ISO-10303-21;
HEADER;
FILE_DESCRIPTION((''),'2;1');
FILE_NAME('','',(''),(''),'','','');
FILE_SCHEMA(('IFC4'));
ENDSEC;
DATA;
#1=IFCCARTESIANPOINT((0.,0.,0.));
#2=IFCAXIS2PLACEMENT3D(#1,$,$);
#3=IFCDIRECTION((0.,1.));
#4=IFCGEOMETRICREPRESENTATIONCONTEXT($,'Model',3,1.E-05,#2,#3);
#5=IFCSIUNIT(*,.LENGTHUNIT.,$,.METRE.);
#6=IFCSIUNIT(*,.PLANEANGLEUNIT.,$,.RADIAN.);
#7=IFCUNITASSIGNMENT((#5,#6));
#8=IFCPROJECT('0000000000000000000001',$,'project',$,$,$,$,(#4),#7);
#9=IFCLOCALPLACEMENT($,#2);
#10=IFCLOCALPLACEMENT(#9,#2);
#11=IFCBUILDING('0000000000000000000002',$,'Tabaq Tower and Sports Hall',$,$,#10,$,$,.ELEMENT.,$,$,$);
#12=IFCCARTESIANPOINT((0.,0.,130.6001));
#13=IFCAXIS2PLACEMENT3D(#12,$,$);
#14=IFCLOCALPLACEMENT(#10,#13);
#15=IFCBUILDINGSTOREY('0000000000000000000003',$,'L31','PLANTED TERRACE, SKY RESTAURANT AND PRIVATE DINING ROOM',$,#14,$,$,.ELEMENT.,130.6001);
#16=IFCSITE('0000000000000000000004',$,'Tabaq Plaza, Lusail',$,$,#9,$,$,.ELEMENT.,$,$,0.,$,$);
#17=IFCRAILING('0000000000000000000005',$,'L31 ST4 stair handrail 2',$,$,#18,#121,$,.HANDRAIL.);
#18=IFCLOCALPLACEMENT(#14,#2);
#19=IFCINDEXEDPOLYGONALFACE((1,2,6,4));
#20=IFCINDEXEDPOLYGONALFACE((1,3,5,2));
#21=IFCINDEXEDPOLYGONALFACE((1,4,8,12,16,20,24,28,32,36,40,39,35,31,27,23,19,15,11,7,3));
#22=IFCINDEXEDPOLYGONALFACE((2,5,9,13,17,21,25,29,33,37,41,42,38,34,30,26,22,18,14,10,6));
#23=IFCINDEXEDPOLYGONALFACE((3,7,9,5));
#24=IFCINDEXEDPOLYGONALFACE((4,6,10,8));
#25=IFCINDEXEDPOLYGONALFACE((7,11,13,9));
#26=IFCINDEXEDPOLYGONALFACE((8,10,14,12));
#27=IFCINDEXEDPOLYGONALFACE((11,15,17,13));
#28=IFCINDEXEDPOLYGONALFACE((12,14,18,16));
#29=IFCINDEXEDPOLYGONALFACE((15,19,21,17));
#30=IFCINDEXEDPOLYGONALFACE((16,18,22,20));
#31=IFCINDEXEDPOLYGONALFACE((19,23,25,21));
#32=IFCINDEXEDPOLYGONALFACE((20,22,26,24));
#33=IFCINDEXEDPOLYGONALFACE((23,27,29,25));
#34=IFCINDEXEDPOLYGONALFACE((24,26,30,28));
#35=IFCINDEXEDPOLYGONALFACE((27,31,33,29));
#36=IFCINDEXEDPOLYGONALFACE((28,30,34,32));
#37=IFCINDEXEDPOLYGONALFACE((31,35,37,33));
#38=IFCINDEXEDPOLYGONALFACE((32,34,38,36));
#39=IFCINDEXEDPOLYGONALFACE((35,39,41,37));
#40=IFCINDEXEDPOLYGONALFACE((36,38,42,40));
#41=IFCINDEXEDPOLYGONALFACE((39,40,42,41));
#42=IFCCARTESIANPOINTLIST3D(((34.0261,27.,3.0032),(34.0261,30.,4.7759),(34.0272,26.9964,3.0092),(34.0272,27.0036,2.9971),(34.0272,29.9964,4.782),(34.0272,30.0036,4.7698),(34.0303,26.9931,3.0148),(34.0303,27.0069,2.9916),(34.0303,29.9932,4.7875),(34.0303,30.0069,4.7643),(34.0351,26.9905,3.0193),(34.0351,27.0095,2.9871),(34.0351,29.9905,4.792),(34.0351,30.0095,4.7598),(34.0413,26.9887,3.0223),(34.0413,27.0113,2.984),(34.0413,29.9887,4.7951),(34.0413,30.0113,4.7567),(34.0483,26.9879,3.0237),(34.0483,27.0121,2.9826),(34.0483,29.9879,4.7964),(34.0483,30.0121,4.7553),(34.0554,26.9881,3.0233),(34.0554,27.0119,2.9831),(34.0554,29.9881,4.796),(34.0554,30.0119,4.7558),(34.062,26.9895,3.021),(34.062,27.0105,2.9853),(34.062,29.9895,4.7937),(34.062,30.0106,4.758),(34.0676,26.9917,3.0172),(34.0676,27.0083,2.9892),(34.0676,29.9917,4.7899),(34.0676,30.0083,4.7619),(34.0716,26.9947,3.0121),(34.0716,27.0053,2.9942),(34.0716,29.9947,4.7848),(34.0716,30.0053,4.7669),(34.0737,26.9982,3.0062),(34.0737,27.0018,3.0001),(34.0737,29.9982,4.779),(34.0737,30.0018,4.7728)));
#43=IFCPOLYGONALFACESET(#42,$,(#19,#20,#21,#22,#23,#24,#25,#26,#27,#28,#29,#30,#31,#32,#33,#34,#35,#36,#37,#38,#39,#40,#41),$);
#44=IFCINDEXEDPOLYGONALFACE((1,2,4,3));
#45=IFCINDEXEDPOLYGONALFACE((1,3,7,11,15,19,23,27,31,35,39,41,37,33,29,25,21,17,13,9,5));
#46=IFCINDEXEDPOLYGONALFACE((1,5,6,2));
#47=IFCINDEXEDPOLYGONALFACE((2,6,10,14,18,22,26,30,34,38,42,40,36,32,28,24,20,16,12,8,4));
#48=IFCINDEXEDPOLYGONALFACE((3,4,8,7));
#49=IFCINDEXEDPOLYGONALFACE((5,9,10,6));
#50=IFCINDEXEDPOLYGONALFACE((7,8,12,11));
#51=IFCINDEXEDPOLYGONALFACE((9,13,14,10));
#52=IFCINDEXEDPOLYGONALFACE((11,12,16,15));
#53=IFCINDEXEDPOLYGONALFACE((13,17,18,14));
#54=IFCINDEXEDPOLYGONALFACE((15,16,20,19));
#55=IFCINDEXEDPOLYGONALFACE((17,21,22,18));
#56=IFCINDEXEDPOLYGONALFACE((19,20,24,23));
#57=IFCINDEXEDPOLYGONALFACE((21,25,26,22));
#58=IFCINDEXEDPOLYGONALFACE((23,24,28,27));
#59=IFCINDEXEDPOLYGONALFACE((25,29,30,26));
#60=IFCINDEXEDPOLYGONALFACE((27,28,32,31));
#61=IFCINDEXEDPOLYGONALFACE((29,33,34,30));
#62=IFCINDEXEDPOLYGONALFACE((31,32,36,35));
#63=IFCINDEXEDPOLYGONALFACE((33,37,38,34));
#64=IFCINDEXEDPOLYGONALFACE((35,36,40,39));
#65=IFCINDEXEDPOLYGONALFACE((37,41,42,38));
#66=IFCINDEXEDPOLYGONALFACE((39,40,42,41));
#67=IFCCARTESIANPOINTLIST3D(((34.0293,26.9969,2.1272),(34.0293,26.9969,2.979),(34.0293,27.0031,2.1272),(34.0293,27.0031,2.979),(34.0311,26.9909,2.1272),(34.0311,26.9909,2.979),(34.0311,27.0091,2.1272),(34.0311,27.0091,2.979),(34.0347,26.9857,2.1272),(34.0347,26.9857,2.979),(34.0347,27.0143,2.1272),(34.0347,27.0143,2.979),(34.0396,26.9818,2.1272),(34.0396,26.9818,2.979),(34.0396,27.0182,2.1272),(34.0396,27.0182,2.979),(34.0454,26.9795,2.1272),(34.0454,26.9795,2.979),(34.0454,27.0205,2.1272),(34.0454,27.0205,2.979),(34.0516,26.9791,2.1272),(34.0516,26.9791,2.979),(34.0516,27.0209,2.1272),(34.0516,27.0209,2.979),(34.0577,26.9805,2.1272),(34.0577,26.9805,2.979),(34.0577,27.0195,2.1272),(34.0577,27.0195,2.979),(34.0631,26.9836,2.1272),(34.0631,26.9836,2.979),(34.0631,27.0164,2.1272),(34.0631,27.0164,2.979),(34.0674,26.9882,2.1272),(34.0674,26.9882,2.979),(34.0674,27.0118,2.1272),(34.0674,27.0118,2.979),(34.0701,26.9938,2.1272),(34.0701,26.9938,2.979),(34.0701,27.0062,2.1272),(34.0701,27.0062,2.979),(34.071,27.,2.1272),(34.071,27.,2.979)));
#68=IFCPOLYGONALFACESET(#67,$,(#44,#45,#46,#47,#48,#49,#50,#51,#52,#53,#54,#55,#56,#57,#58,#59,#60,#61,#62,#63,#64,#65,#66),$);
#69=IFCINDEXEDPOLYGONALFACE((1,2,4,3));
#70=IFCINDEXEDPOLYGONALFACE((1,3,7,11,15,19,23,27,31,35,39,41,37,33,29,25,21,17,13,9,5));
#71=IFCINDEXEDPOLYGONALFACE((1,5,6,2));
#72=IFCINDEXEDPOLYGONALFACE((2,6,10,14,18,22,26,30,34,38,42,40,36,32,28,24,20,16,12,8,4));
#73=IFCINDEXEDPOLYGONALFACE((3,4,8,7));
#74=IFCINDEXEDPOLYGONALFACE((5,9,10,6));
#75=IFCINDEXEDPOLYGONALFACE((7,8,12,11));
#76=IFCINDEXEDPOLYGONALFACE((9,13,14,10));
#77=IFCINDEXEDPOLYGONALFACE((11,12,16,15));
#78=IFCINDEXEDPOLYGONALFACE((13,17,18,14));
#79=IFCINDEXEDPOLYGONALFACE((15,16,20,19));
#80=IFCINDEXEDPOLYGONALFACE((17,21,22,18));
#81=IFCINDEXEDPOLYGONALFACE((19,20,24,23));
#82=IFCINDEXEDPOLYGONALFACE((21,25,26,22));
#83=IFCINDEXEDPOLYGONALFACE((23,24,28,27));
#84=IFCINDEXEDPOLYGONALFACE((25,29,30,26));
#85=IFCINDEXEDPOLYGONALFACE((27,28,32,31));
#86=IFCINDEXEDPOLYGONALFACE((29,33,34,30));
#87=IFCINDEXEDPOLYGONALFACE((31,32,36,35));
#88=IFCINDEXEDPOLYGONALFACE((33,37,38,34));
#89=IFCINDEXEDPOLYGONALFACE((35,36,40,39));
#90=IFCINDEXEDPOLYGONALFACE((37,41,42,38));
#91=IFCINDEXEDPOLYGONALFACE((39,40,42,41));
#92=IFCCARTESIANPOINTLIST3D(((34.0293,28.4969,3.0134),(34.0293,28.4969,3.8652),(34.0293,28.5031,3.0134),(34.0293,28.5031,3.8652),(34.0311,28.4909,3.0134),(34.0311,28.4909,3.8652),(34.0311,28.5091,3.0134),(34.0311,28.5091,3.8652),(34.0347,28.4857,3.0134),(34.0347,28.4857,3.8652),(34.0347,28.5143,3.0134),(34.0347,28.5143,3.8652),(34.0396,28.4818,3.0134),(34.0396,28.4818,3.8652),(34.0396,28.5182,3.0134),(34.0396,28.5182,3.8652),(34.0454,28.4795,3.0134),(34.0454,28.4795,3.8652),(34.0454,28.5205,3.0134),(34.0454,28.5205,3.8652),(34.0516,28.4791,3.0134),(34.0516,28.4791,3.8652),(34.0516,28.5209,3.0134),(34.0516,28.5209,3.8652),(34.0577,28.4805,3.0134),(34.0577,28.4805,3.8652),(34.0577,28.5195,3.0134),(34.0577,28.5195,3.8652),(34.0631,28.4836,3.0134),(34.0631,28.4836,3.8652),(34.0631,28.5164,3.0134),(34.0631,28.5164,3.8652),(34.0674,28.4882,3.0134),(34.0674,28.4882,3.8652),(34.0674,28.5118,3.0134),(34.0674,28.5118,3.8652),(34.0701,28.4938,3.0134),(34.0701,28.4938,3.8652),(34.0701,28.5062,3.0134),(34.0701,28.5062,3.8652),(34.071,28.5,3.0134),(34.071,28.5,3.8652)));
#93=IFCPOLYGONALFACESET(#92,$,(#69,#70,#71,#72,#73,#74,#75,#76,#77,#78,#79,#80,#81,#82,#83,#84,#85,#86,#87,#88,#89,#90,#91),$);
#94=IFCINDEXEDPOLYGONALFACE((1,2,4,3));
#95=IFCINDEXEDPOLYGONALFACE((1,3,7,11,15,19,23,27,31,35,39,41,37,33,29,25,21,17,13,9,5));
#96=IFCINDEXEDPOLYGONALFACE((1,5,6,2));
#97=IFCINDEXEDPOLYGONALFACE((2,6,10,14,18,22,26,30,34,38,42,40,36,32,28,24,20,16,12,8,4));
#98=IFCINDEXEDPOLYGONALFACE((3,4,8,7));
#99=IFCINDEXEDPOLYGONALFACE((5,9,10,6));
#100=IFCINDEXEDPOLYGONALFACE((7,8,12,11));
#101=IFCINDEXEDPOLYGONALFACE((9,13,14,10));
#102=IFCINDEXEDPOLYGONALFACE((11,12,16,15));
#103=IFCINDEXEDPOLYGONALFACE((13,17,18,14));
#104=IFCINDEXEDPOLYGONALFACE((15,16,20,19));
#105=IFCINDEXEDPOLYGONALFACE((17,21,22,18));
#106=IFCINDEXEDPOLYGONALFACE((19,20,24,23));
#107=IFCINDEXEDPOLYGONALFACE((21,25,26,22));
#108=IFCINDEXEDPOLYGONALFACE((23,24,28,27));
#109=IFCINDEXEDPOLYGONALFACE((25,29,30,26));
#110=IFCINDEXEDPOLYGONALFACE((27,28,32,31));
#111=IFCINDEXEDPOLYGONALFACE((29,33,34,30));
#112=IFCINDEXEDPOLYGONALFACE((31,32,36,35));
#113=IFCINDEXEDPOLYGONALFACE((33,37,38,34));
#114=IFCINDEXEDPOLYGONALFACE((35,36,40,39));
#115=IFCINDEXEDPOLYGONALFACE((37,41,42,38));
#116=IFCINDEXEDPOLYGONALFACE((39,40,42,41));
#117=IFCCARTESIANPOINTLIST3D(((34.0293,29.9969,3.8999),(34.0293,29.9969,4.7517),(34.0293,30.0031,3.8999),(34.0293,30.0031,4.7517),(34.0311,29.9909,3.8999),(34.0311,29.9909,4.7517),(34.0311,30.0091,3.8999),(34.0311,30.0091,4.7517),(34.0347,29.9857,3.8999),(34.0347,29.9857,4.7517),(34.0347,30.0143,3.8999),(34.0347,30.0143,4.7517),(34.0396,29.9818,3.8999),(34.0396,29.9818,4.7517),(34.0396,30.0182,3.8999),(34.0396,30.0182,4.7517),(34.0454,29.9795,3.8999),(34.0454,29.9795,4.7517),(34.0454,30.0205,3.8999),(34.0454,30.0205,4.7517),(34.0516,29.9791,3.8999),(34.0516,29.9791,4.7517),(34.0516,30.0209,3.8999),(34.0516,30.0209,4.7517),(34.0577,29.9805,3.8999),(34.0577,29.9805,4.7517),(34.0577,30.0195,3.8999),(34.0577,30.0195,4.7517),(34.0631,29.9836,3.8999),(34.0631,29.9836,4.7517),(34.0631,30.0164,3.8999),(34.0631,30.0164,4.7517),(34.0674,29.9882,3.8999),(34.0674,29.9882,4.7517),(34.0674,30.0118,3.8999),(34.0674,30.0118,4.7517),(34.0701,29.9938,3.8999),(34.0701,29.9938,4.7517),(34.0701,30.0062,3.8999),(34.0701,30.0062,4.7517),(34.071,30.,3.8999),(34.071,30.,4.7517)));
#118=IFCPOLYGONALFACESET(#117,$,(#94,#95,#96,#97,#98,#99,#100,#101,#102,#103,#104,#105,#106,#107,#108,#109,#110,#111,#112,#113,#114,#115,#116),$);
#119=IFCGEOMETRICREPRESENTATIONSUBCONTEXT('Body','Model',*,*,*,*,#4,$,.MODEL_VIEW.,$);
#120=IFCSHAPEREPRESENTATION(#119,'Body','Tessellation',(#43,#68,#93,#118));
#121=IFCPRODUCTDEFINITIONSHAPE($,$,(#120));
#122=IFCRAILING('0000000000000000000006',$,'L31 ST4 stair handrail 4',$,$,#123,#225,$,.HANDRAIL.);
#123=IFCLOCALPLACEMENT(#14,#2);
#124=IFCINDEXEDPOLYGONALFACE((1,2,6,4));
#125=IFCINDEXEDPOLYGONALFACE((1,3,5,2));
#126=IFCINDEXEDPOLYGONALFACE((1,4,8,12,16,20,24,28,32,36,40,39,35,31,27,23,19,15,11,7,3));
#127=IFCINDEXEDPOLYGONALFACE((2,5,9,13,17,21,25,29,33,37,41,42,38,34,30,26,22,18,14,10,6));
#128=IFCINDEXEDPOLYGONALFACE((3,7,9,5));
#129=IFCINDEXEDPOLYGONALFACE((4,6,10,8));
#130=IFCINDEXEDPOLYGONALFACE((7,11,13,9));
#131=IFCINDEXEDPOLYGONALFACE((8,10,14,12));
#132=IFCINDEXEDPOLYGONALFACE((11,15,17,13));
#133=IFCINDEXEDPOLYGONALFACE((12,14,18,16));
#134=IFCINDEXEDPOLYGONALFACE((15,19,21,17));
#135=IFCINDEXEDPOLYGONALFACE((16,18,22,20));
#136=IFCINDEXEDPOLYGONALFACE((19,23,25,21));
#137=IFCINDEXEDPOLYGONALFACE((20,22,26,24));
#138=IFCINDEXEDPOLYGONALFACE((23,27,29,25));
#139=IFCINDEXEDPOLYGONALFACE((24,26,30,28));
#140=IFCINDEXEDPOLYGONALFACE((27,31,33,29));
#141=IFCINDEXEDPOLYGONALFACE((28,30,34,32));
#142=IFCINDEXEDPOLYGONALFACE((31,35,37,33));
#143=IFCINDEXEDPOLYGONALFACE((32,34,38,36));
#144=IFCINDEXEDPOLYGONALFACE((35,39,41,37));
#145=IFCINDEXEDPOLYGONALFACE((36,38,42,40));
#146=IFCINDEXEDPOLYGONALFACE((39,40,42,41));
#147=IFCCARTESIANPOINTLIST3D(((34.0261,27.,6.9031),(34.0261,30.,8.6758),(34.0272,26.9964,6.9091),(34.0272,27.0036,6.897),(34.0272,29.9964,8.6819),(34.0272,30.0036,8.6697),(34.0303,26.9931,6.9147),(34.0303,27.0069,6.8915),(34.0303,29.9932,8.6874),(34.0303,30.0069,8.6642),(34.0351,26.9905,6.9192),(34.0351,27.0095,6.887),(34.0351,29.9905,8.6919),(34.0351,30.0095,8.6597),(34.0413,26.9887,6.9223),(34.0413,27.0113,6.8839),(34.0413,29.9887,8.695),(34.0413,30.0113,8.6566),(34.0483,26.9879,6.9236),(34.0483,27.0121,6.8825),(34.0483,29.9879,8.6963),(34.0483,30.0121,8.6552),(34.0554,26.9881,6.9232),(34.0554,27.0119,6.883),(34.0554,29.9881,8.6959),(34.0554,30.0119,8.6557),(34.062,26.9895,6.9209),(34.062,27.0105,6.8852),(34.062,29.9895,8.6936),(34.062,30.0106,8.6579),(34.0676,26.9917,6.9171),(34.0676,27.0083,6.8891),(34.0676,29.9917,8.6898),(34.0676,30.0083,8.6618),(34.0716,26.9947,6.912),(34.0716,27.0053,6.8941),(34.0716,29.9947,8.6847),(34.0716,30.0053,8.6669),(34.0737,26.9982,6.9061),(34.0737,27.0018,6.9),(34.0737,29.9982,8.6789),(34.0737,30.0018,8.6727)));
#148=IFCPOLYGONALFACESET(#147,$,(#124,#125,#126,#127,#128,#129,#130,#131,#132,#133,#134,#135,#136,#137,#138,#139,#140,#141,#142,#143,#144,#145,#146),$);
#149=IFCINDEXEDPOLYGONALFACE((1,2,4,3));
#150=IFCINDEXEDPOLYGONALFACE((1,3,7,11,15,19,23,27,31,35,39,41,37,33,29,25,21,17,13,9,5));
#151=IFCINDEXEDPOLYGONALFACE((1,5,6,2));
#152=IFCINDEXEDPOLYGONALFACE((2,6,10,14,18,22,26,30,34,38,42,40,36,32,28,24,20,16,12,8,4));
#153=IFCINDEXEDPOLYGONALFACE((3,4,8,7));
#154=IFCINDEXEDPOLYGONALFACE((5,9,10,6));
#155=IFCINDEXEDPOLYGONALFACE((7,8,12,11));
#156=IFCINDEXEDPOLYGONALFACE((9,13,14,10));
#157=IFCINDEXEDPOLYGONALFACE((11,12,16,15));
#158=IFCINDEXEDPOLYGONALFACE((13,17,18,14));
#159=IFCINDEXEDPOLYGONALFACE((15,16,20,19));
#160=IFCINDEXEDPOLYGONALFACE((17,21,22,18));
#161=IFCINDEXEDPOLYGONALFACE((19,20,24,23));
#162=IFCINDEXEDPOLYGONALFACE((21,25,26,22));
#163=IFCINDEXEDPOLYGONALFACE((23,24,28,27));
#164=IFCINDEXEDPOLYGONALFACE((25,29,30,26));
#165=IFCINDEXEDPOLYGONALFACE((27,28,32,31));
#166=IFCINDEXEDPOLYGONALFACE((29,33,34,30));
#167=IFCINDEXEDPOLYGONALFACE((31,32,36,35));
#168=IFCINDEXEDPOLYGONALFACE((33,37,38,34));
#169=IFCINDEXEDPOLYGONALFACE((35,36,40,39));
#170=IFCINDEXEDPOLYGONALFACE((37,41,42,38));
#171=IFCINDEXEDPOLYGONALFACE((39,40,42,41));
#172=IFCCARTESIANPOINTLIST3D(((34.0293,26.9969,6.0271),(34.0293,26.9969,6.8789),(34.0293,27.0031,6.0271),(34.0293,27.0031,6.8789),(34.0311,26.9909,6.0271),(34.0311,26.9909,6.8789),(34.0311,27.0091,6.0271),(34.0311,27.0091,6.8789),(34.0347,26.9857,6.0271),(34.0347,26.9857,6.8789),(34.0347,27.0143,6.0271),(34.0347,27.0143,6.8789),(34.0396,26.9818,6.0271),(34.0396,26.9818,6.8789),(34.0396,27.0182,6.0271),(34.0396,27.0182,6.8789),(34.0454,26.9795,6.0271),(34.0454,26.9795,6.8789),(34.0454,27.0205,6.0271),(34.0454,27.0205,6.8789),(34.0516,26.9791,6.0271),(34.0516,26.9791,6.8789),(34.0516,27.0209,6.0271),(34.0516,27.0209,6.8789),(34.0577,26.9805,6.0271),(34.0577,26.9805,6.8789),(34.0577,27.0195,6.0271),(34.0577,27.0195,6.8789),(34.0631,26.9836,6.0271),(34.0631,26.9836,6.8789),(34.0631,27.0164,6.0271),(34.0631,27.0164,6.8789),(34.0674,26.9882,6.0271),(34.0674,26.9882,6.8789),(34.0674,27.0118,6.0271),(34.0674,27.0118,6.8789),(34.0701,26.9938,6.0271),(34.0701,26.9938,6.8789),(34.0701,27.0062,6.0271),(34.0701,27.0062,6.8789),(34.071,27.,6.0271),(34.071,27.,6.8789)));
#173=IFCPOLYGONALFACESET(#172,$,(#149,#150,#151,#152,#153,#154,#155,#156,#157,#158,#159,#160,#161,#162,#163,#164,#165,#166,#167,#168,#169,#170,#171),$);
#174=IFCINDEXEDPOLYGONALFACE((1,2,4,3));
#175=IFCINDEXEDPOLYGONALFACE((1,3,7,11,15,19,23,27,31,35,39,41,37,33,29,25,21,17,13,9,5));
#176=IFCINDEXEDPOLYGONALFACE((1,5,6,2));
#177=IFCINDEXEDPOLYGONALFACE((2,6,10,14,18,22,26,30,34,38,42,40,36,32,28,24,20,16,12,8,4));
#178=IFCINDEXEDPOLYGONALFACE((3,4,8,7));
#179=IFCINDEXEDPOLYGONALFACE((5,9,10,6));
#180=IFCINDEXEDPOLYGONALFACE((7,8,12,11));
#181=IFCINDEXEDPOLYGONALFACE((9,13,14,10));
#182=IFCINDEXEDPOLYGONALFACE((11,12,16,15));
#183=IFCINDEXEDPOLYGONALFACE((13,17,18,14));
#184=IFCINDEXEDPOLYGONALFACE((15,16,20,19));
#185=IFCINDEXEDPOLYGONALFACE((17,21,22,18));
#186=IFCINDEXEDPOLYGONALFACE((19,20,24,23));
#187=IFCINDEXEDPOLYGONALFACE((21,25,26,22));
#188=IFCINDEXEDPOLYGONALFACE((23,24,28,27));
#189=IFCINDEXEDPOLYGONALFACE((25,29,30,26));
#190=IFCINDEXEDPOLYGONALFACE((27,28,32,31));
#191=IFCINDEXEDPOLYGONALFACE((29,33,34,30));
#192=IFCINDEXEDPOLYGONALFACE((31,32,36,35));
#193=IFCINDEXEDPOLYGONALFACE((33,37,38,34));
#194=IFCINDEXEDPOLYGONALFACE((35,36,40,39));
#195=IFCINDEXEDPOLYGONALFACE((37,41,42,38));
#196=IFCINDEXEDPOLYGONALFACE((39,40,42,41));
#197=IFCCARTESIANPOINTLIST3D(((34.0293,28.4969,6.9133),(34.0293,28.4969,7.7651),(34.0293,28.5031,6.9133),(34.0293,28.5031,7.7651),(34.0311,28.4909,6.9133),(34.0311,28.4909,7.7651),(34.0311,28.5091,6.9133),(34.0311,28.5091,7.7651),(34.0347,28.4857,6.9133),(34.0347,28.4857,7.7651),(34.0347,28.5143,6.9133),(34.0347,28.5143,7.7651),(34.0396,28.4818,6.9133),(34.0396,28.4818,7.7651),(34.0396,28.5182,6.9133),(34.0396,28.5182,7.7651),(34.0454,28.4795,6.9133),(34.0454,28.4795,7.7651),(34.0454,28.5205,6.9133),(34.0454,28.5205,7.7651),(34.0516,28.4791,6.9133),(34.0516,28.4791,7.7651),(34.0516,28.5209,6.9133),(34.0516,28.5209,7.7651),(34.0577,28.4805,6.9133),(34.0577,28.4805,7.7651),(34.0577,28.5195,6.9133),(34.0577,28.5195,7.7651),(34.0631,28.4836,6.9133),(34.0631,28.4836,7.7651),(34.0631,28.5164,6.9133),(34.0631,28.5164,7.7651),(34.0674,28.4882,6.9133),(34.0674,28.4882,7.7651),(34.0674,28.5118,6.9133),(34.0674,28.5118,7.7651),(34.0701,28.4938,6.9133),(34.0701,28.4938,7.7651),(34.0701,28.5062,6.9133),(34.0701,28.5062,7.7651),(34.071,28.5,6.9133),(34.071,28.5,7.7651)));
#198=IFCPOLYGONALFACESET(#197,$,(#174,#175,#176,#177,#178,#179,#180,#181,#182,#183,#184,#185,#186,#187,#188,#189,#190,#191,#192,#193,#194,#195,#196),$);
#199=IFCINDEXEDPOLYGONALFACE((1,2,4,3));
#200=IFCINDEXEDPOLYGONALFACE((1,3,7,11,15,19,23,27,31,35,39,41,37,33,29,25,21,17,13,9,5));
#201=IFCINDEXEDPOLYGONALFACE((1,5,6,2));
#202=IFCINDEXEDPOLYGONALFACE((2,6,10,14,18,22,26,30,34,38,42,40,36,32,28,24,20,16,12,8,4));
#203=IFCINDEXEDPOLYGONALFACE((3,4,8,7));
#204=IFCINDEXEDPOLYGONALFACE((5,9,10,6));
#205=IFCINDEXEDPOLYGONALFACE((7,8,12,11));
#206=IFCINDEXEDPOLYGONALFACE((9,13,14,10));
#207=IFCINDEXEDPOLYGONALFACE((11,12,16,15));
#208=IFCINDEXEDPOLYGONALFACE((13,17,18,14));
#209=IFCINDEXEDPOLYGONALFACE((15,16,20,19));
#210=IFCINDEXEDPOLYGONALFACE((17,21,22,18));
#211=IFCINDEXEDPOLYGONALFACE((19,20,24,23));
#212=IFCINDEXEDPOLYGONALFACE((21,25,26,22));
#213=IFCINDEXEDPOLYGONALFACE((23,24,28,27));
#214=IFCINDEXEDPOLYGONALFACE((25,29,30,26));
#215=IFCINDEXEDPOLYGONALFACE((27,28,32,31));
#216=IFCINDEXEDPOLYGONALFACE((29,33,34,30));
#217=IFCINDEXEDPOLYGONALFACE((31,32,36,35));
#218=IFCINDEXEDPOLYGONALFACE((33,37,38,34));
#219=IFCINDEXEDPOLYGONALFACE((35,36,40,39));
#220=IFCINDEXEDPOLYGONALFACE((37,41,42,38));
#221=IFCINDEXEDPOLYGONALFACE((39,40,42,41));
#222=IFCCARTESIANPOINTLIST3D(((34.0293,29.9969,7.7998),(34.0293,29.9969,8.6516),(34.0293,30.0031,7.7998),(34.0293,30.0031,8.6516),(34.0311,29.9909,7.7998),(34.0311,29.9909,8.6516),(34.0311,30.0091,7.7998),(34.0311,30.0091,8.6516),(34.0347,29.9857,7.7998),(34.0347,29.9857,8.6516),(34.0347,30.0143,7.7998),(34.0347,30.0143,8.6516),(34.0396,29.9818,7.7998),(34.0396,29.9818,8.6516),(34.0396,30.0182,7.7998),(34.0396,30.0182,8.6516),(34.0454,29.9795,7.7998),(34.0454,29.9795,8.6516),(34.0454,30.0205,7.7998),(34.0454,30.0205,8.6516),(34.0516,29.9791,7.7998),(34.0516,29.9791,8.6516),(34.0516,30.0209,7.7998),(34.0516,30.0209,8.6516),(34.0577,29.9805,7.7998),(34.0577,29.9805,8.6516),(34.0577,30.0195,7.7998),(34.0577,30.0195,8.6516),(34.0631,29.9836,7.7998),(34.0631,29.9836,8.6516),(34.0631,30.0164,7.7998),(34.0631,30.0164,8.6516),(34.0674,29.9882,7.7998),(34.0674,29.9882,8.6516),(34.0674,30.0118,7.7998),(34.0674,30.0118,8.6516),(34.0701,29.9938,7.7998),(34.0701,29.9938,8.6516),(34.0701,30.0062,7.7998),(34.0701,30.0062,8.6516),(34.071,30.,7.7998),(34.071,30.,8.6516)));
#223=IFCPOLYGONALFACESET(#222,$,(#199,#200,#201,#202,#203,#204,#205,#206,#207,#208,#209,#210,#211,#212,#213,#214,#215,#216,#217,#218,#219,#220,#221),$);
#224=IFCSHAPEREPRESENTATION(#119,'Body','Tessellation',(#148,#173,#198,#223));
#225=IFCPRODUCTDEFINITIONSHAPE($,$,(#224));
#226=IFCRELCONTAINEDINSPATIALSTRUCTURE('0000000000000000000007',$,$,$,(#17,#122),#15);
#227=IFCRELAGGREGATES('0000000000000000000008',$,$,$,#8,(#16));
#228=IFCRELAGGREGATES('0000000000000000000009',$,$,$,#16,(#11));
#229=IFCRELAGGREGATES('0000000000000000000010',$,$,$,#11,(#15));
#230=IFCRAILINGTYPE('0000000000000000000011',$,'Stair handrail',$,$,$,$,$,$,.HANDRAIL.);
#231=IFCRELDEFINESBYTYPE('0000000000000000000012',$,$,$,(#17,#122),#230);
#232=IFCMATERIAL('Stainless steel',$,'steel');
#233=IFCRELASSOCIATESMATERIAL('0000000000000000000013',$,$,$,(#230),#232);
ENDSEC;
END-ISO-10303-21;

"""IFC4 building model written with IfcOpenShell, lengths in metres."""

from ifc_helpers import new_model, si_unit, direction, frame, origin, origin_2d, place, context, subcontext, project, spatial, circle, extrude, material, type_object, element, save


model = new_model("IFC4")

# Units and contexts
model_context = context("Model", 3, precision=1e-05, world=origin(), true_north=direction((0.0, 1.0)))
body_context = subcontext(model_context, "Body", "Model", "MODEL_VIEW")
ifc_project = project(units=[si_unit("LENGTHUNIT", "METRE"), si_unit("PLANEANGLEUNIT", "RADIAN")], contexts=[model_context])

# Site, building, storey
site_placement = place(None, origin())
site = spatial("IfcSite", under=ifc_project, at=site_placement, Name="Tabaq Plaza, Lusail", CompositionType="ELEMENT", RefElevation=0.0)
building_placement = place(site_placement, origin())
building = spatial("IfcBuilding", under=site, at=building_placement, Name="Tabaq Tower and Sports Hall", CompositionType="ELEMENT")
storey_placement = place(building_placement, frame((0.0, 0.0, 130.6001)))
storey = spatial("IfcBuildingStorey", under=building, at=storey_placement, Name="L31", Description="PLANTED TERRACE, SKY RESTAURANT AND PRIVATE DINING ROOM", CompositionType="ELEMENT", Elevation=130.6001)

# Railings
ifc_material_1 = material(Name="Stainless steel", Category="steel")
railing_type_1 = type_object("IfcRailingType", Name="Stair handrail", PredefinedType="HANDRAIL", material=ifc_material_1)
for number, where, name in (
    (1, (34.05, 27.0, 2.1272), "L31 ST4 stair handrail 2"),
    (2, (34.05, 27.0, 6.0271), "L31 ST4 stair handrail 4"),
):
    element("IfcRailing", number, at=place(storey_placement, frame(where)), inside=storey, type_object=railing_type_1, Name=name, PredefinedType="HANDRAIL", context=body_context, shape_type="SweptSolid", body=[
        extrude(circle(Radius=0.0239, at=origin_2d()), frame((0.0, 0.0, 0.876), z_axis=(0.0, 0.860929, 0.508725), x_axis=(-1.0, 0.0, 0.0)), (0.0, 0.0, 1.0), 3.4846),
        extrude(circle(Radius=0.021, at=origin_2d()), origin(), (0.0, 0.0, 1.0), 0.8518),
        extrude(circle(Radius=0.021, at=origin_2d()), frame((0.0, 1.5, 0.8862)), (0.0, 0.0, 1.0), 0.8518),
        extrude(circle(Radius=0.021, at=origin_2d()), frame((0.0, 3.0, 1.7727)), (0.0, 0.0, 1.0), 0.8518),
    ])

save(model, "model.ifc")
